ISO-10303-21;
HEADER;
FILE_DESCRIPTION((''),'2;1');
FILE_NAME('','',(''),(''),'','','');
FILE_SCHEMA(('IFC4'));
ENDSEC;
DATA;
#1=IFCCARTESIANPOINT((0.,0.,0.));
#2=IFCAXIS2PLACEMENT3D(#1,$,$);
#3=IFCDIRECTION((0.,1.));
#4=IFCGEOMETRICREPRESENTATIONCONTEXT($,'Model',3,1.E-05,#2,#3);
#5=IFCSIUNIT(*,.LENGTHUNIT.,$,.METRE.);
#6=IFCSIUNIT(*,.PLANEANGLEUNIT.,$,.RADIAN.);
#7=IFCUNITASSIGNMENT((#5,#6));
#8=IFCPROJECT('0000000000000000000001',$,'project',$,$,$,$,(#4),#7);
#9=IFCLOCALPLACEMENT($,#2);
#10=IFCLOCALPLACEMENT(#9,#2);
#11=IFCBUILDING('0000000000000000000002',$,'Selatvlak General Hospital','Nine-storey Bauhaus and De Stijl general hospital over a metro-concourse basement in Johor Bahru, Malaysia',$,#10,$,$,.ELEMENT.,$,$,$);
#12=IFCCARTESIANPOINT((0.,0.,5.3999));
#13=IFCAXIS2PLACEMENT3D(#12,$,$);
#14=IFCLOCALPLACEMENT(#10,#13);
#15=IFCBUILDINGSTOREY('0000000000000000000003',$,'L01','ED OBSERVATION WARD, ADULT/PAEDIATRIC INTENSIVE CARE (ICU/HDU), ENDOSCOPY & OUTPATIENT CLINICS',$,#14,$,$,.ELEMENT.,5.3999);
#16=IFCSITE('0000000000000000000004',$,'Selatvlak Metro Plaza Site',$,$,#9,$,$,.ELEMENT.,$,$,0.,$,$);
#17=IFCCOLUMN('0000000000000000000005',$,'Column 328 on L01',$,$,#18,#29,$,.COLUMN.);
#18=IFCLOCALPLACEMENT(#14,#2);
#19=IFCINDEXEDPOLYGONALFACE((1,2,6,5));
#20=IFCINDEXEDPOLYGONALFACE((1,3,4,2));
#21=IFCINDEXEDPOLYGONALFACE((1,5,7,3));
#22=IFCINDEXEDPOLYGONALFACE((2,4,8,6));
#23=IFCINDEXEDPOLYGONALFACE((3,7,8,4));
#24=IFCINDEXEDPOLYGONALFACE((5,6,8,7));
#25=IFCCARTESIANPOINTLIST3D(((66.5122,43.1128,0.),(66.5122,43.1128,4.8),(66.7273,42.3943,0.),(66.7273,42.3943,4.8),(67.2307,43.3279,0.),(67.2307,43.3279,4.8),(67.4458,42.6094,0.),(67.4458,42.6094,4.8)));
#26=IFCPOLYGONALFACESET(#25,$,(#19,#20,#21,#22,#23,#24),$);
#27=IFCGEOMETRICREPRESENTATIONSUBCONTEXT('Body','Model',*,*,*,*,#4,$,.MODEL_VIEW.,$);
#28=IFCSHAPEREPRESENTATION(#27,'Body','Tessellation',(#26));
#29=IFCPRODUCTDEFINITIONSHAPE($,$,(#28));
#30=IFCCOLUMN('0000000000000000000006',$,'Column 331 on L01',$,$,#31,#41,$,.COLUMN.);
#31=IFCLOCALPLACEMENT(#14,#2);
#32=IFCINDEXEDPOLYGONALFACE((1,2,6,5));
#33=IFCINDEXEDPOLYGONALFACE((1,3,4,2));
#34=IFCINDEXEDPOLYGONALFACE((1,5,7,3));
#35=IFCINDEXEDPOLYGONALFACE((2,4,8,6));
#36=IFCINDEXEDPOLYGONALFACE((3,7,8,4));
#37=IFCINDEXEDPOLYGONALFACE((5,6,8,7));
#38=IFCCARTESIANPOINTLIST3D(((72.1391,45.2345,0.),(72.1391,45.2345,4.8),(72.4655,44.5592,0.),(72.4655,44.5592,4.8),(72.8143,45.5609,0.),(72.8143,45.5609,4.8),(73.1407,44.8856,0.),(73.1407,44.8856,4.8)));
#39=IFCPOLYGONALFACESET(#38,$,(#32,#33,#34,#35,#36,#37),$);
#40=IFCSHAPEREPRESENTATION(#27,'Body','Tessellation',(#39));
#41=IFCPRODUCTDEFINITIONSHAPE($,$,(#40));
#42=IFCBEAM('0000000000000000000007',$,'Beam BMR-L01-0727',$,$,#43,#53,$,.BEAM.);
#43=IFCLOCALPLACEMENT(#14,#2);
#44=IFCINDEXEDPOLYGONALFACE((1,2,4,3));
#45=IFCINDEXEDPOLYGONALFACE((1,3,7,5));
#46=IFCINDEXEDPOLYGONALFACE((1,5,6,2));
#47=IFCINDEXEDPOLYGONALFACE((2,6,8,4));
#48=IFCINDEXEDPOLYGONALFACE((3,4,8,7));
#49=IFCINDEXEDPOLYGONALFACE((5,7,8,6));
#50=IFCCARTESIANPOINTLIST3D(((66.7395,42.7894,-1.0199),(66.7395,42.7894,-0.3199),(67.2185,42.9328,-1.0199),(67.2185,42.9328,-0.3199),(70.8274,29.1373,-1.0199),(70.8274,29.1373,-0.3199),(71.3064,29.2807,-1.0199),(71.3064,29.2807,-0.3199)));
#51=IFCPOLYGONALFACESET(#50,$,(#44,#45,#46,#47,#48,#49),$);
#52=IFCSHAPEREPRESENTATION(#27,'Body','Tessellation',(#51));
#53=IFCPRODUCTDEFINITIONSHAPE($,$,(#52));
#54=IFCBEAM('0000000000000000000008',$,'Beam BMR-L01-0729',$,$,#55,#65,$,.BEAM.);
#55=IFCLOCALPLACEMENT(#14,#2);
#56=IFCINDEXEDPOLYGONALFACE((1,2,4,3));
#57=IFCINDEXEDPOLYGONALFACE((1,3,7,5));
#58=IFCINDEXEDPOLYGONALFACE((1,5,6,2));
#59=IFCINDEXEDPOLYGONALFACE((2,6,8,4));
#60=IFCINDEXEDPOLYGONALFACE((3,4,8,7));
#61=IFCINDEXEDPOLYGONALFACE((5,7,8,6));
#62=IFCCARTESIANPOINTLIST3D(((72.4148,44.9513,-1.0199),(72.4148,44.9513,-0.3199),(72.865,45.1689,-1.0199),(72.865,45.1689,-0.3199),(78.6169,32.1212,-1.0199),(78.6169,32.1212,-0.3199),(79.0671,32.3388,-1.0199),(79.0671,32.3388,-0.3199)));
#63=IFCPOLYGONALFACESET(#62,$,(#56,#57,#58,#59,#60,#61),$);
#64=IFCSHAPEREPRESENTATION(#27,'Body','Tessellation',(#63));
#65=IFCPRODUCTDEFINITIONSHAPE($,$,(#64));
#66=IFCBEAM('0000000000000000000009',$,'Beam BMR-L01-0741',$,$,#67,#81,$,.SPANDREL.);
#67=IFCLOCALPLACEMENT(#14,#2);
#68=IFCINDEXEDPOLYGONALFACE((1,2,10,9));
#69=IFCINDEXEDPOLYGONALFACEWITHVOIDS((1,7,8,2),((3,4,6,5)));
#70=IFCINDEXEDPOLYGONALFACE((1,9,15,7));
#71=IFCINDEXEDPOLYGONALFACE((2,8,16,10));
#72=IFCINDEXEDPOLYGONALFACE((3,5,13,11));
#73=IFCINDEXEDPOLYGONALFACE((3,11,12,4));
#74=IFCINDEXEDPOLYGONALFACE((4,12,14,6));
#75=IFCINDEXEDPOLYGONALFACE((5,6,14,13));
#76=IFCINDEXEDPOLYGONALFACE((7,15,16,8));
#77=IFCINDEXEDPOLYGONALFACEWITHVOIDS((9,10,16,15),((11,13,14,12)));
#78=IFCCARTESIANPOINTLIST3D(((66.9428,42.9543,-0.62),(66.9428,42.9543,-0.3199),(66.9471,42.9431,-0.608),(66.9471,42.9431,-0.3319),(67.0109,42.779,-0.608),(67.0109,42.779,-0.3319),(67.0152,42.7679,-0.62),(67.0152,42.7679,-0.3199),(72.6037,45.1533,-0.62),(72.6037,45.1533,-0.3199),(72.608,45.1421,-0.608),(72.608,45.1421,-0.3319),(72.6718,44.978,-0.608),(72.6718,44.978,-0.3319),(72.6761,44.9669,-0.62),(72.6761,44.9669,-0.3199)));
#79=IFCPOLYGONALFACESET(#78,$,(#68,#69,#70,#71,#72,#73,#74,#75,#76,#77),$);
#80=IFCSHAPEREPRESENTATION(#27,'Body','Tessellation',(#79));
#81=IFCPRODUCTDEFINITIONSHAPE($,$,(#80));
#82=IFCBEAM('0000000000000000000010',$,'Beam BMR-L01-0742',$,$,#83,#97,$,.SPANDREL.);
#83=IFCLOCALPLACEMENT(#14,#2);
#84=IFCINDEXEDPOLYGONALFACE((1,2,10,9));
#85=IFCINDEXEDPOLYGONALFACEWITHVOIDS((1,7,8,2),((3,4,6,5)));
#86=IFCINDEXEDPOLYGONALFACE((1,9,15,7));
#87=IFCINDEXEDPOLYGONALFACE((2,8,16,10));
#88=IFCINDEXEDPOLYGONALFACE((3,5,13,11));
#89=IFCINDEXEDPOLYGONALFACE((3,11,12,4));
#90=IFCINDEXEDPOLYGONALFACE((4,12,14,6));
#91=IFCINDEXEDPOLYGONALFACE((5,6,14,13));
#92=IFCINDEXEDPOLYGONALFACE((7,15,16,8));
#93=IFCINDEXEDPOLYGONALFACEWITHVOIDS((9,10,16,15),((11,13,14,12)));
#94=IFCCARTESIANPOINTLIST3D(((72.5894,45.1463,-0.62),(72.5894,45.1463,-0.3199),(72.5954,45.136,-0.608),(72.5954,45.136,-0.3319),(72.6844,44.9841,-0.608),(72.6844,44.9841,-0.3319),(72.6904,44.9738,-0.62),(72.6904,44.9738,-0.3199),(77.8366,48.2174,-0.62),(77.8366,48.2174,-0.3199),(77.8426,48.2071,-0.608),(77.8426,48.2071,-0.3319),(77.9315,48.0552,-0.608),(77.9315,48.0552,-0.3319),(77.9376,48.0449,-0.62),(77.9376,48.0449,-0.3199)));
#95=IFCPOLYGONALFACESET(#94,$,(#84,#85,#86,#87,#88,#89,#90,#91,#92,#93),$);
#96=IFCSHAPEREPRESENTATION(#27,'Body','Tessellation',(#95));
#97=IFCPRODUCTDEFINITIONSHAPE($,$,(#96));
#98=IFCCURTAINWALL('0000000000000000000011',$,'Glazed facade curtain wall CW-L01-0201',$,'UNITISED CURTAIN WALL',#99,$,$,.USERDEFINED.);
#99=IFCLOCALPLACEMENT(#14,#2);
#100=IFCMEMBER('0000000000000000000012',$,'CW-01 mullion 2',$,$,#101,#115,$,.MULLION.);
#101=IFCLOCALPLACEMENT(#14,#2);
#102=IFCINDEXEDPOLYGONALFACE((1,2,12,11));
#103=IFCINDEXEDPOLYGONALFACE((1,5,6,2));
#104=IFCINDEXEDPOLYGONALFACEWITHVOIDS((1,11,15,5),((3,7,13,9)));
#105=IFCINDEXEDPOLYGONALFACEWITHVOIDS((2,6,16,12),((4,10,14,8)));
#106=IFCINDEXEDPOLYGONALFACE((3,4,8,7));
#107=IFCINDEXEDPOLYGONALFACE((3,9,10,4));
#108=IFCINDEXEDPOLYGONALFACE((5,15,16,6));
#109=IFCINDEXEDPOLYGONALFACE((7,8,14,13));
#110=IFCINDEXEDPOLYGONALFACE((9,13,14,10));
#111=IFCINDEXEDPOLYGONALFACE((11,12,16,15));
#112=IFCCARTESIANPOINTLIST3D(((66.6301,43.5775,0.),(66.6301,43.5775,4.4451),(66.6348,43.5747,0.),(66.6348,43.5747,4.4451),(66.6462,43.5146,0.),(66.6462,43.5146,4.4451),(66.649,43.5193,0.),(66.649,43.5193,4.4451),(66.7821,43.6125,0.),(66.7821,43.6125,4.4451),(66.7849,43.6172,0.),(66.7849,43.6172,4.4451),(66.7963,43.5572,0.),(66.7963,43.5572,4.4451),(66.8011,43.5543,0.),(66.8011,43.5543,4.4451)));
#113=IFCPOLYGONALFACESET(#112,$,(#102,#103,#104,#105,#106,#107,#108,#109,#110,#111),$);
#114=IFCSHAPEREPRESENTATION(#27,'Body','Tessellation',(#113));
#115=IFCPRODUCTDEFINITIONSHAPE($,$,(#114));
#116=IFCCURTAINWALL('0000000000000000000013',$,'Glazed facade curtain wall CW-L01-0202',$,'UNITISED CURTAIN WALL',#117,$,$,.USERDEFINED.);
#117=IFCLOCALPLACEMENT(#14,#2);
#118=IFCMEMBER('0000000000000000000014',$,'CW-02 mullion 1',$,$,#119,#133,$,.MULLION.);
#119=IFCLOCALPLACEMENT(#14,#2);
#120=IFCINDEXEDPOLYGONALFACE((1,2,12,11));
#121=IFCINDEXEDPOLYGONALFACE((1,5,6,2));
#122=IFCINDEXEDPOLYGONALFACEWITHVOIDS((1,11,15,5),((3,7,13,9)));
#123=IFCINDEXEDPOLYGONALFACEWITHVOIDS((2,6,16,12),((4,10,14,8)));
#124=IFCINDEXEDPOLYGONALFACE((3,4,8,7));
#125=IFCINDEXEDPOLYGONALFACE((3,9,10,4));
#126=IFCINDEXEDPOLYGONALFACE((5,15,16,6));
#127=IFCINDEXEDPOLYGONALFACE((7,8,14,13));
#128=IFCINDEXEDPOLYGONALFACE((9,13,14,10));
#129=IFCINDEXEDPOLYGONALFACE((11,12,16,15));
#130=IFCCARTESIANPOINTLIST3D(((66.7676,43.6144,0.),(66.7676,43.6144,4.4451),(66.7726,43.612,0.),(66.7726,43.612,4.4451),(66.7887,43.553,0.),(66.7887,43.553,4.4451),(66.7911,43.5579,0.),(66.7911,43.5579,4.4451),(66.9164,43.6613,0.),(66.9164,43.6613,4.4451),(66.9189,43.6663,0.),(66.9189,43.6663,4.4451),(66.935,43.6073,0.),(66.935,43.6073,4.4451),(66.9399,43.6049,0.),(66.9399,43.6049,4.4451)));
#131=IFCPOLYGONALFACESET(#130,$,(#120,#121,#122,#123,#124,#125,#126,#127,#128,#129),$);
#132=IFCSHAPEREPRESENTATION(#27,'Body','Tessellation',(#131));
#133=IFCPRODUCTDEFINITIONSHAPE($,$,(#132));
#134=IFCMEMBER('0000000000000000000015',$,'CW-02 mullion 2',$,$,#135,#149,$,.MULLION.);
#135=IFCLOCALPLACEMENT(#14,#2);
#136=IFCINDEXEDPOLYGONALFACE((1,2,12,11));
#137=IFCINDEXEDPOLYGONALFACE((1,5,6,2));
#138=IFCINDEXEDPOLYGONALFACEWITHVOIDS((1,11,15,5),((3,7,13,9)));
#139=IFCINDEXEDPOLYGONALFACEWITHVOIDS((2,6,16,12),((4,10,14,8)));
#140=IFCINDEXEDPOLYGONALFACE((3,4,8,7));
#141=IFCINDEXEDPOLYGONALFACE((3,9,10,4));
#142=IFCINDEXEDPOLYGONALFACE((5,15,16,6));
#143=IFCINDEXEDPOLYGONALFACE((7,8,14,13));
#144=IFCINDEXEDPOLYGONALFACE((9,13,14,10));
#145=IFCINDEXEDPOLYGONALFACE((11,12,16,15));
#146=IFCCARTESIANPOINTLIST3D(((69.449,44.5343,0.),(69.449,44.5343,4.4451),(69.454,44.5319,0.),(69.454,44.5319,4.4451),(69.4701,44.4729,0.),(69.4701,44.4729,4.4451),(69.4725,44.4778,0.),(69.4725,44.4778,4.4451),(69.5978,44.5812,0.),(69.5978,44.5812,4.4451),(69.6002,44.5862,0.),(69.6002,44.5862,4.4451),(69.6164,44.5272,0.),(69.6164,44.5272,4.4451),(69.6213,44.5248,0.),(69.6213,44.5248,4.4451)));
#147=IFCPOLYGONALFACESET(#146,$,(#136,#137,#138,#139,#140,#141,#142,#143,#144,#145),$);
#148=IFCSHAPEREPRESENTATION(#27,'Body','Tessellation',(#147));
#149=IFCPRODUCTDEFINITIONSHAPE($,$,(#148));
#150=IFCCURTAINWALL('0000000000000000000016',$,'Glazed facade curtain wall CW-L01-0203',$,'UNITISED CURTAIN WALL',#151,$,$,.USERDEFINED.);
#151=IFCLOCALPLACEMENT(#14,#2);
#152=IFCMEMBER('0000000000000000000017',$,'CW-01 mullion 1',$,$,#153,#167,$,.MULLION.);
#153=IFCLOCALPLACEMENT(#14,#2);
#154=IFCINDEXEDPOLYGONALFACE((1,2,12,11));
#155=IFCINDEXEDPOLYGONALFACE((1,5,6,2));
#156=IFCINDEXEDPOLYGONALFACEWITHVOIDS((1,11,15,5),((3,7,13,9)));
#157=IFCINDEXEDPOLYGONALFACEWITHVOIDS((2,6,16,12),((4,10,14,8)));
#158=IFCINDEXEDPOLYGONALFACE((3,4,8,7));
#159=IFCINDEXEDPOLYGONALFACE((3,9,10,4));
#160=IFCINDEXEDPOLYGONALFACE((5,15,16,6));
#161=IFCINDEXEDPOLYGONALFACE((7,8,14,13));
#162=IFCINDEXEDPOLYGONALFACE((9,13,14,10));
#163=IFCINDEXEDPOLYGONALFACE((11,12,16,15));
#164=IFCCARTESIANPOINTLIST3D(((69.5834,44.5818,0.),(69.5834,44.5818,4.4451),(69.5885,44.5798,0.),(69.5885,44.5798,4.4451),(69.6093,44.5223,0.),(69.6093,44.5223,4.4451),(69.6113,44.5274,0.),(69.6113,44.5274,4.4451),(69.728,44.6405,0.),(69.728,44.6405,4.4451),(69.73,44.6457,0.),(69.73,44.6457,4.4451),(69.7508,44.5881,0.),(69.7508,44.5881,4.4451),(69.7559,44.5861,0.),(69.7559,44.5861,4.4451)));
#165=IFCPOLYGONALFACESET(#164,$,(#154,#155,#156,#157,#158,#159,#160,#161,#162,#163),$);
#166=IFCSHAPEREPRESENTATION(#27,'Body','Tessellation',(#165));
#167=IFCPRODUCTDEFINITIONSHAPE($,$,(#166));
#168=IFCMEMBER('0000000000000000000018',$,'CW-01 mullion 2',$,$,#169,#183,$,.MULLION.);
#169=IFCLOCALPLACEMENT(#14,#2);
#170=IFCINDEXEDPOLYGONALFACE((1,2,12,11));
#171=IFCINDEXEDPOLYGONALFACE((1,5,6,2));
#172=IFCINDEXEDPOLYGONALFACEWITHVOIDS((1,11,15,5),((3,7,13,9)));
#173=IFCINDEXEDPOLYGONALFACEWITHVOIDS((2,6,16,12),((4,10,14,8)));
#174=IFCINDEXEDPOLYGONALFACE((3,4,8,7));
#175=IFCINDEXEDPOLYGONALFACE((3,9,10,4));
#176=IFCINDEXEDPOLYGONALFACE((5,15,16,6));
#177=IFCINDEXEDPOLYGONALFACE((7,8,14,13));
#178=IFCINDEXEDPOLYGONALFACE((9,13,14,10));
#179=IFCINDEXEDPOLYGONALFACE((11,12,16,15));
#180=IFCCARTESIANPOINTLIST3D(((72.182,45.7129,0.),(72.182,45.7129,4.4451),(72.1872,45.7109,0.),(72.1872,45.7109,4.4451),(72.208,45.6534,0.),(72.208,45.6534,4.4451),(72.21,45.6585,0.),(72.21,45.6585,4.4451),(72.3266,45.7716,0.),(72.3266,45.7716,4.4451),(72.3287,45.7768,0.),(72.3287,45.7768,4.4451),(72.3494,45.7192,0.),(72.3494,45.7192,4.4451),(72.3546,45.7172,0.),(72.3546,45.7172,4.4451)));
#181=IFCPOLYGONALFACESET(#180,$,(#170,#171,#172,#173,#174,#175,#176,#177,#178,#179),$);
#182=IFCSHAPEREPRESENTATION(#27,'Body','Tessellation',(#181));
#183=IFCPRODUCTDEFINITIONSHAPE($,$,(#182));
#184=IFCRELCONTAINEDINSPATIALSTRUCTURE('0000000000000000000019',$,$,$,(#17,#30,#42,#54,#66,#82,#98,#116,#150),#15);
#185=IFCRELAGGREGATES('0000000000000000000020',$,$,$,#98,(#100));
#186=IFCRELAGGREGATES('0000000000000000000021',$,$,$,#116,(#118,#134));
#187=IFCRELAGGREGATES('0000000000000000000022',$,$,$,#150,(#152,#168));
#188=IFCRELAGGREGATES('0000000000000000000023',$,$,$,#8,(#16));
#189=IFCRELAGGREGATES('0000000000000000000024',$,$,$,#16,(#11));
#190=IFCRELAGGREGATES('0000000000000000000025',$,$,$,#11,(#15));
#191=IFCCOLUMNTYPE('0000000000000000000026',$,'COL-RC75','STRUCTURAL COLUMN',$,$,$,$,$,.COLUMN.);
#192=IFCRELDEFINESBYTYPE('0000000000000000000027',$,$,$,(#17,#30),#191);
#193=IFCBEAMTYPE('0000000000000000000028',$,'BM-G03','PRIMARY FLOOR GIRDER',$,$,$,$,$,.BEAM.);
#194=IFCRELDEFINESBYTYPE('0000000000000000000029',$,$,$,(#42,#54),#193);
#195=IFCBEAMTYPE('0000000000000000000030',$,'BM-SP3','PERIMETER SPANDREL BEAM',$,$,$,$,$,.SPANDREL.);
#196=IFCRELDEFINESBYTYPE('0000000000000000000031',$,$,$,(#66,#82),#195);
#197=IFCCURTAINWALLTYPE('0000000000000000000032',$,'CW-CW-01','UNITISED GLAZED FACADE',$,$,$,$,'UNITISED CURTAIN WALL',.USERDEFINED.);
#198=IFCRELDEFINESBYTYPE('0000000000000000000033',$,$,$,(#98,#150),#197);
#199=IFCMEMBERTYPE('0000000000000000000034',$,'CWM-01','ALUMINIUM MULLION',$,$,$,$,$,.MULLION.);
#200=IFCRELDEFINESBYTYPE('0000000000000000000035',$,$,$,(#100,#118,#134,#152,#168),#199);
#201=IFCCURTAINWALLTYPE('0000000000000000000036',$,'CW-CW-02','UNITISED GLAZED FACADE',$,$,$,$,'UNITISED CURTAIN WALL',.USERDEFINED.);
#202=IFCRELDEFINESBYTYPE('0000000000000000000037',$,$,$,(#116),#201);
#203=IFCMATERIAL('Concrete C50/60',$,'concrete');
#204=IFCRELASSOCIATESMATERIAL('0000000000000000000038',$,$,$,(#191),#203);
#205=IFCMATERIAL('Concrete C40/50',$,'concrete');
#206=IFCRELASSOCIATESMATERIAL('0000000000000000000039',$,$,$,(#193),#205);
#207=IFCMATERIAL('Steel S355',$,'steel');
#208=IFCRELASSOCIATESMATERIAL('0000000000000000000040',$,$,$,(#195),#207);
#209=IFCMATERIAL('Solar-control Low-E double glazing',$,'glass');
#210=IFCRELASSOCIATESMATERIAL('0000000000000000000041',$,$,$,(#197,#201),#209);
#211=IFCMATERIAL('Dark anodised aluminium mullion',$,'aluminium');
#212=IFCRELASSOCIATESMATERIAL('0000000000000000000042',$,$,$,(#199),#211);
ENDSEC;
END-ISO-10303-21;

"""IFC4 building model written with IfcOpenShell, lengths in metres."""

from ifc_helpers import new_model, si_unit, direction, frame, origin, origin_2d, place, context, subcontext, project, spatial, rectangle, hollow_rectangle, extrude, material, material_profile, profile_set, type_object, element, aggregate, save


model = new_model("IFC4")

# Units and contexts
model_context = context("Model", 3, precision=1e-05, world=origin(), true_north=direction((0.0, 1.0)))
body_context = subcontext(model_context, "Body", "Model", "MODEL_VIEW")
ifc_project = project(units=[si_unit("LENGTHUNIT", "METRE"), si_unit("PLANEANGLEUNIT", "RADIAN")], contexts=[model_context])

# Site, building, storey
site_placement = place(None, origin())
site = spatial("IfcSite", under=ifc_project, at=site_placement, Name="Selatvlak Metro Plaza Site", CompositionType="ELEMENT", RefElevation=0.0)
building_placement = place(site_placement, origin())
building = spatial("IfcBuilding", under=site, at=building_placement, Name="Selatvlak General Hospital", Description="Nine-storey Bauhaus and De Stijl general hospital over a metro-concourse basement in Johor Bahru, Malaysia", CompositionType="ELEMENT")
storey_placement = place(building_placement, frame((0.0, 0.0, 5.3999)))
storey = spatial("IfcBuildingStorey", under=building, at=storey_placement, Name="L01", Description="ED OBSERVATION WARD, ADULT/PAEDIATRIC INTENSIVE CARE (ICU/HDU), ENDOSCOPY & OUTPATIENT CLINICS", CompositionType="ELEMENT", Elevation=5.3999)

# Columns
ifc_material_1 = material(Name="Concrete C50/60", Category="concrete")
ifc_material_profile_1 = material_profile(ifc_material_1, rectangle(XDim=0.75, YDim=0.75, at=origin_2d()), Name="RC-COL 750x750")
ifc_profile_set_1 = profile_set([ifc_material_profile_1], Name="Concrete C50/60")
column_type = type_object("IfcColumnType", Name="COL-RC75", Description="STRUCTURAL COLUMN", PredefinedType="COLUMN", material=ifc_profile_set_1)
for number, where, z_axis, x_axis, name in (
    (1, (66.979, 42.8611, 0.0), (0.0, 0.0, 1.0), (-0.286859, 0.957973, 0.0), "Column 328 on L01"),
    (2, (72.6399, 45.0601, 0.0), (0.0, 0.0, 1.0), (-0.4352, 0.900334, 0.0), "Column 331 on L01"),
):
    element("IfcColumn", number, at=place(storey_placement, frame(where, z_axis=z_axis, x_axis=x_axis)), inside=storey, type_object=column_type, Name=name, PredefinedType="COLUMN", context=body_context, shape_type="SweptSolid", body=[
        extrude(rectangle(XDim=0.75, YDim=0.75, at=origin_2d()), origin(), (0.0, 0.0, 1.0), 4.8),
    ])

# Beams
ifc_material_2 = material(Name="Concrete C40/50", Category="concrete")
ifc_material_profile_2 = material_profile(ifc_material_2, rectangle(XDim=0.5, YDim=0.7, at=origin_2d()), Name="RC-BM 500x700")
ifc_profile_set_2 = profile_set([ifc_material_profile_2], Name="Concrete C40/50")
beam_type_1 = type_object("IfcBeamType", Name="BM-G03", Description="PRIMARY FLOOR GIRDER", PredefinedType="BEAM", material=ifc_profile_set_2)
beam_1_placement = place(storey_placement, frame((66.979, 42.8611, -0.6699), z_axis=(0.28685, -0.957976, 0.0), x_axis=(0.957976, 0.28685, 0.0)))
element("IfcBeam", 3, at=beam_1_placement, inside=storey, type_object=beam_type_1, Name="Beam BMR-L01-0727", PredefinedType="BEAM", context=body_context, shape_type="SweptSolid", body=[
    extrude(rectangle(XDim=0.5, YDim=0.7, at=origin_2d()), origin(), (0.0, 0.0, 1.0), 14.251),
])
beam_2_placement = place(storey_placement, frame((72.6399, 45.0601, -0.6699), z_axis=(0.435222, -0.900323, 0.0), x_axis=(0.900323, 0.435222, 0.0)))
element("IfcBeam", 4, at=beam_2_placement, inside=storey, type_object=beam_type_1, Name="Beam BMR-L01-0729", PredefinedType="BEAM", context=body_context, shape_type="SweptSolid", body=[
    extrude(rectangle(XDim=0.5, YDim=0.7, at=origin_2d()), origin(), (0.0, 0.0, 1.0), 14.2505),
])
ifc_material_3 = material(Name="Steel S355", Category="steel")
ifc_material_profile_3 = material_profile(ifc_material_3, hollow_rectangle(XDim=0.2, YDim=0.3, WallThickness=0.012, at=origin_2d()), Name="RHS 300x200x12")
ifc_profile_set_3 = profile_set([ifc_material_profile_3], Name="Steel S355")
beam_type_2 = type_object("IfcBeamType", Name="BM-SP3", Description="PERIMETER SPANDREL BEAM", PredefinedType="SPANDREL", material=ifc_profile_set_3)
beam_3_placement = place(storey_placement, frame((66.979, 42.8611, -0.47), z_axis=(0.932143, 0.362091, 0.0), x_axis=(-0.362091, 0.932143, 0.0)))
element("IfcBeam", 5, at=beam_3_placement, inside=storey, type_object=beam_type_2, Name="Beam BMR-L01-0741", PredefinedType="SPANDREL", context=body_context, shape_type="SweptSolid", body=[
    extrude(hollow_rectangle(XDim=0.2, YDim=0.3, WallThickness=0.012, at=origin_2d()), origin(), (0.0, 0.0, 1.0), 6.073),
])
beam_4_placement = place(storey_placement, frame((72.6399, 45.0601, -0.47), z_axis=(0.863044, 0.505129, 0.0), x_axis=(-0.505129, 0.863044, 0.0)))
element("IfcBeam", 6, at=beam_4_placement, inside=storey, type_object=beam_type_2, Name="Beam BMR-L01-0742", PredefinedType="SPANDREL", context=body_context, shape_type="SweptSolid", body=[
    extrude(hollow_rectangle(XDim=0.2, YDim=0.3, WallThickness=0.012, at=origin_2d()), origin(), (0.0, 0.0, 1.0), 6.0798),
])

# Curtain wall, member
ifc_material_4 = material(Name="Solar-control Low-E double glazing", Category="glass")
curtain_wall_type_1 = type_object("IfcCurtainWallType", Name="CW-CW-01", Description="UNITISED GLAZED FACADE", ElementType="UNITISED CURTAIN WALL", PredefinedType="USERDEFINED", material=ifc_material_4)
curtain_wall_1_placement = place(storey_placement, origin())
curtain_wall_1 = element("IfcCurtainWall", 7, at=curtain_wall_1_placement, inside=storey, type_object=curtain_wall_type_1, Name="Glazed facade curtain wall CW-L01-0201", ObjectType="UNITISED CURTAIN WALL", PredefinedType="USERDEFINED")
ifc_material_5 = material(Name="Dark anodised aluminium mullion", Category="aluminium")
ifc_material_profile_4 = material_profile(ifc_material_5, hollow_rectangle(XDim=0.0649, YDim=0.1599, WallThickness=0.0039, at=origin_2d()), Name="AL-MUL 65x160x4")
ifc_profile_set_4 = profile_set([ifc_material_profile_4], Name="Dark anodised aluminium mullion")
member_type_1 = type_object("IfcMemberType", Name="CWM-01", Description="ALUMINIUM MULLION", PredefinedType="MULLION", material=ifc_profile_set_4)
member_1_placement = place(storey_placement, frame((66.7156, 43.5659, 0.0), z_axis=(0.0, 0.0, 1.0), x_axis=(-0.248607, 0.968604, 0.0)))
member_1 = element("IfcMember", 8, at=member_1_placement, type_object=member_type_1, Name="CW-01 mullion 2", PredefinedType="MULLION", context=body_context, shape_type="SweptSolid", body=[
    extrude(hollow_rectangle(XDim=0.0649, YDim=0.1599, WallThickness=0.0039, at=origin_2d()), origin(), (0.0, 0.0, 1.0), 4.4451),
])
aggregate(curtain_wall_1, [member_1])

# Curtain walls, members
curtain_wall_type_2 = type_object("IfcCurtainWallType", Name="CW-CW-02", Description="UNITISED GLAZED FACADE", ElementType="UNITISED CURTAIN WALL", PredefinedType="USERDEFINED", material=ifc_material_4)
curtain_wall_2_placement = place(storey_placement, origin())
curtain_wall_2 = element("IfcCurtainWall", 9, at=curtain_wall_2_placement, inside=storey, type_object=curtain_wall_type_2, Name="Glazed facade curtain wall CW-L01-0202", ObjectType="UNITISED CURTAIN WALL", PredefinedType="USERDEFINED")
member_2_placement = place(storey_placement, frame((66.8538, 43.6096, 0.0), z_axis=(0.0, 0.0, 1.0), x_axis=(-0.324492, 0.945889, 0.0)))
member_2 = element("IfcMember", 10, at=member_2_placement, type_object=member_type_1, Name="CW-02 mullion 1", PredefinedType="MULLION", context=body_context, shape_type="SweptSolid", body=[
    extrude(hollow_rectangle(XDim=0.0649, YDim=0.1599, WallThickness=0.0039, at=origin_2d()), origin(), (0.0, 0.0, 1.0), 4.4451),
])
member_3_placement = place(storey_placement, frame((69.5352, 44.5295, 0.0), z_axis=(0.0, 0.0, 1.0), x_axis=(-0.324492, 0.945889, 0.0)))
member_3 = element("IfcMember", 11, at=member_3_placement, type_object=member_type_1, Name="CW-02 mullion 2", PredefinedType="MULLION", context=body_context, shape_type="SweptSolid", body=[
    extrude(hollow_rectangle(XDim=0.0649, YDim=0.1599, WallThickness=0.0039, at=origin_2d()), origin(), (0.0, 0.0, 1.0), 4.4451),
])
curtain_wall_3_placement = place(storey_placement, origin())
curtain_wall_3 = element("IfcCurtainWall", 12, at=curtain_wall_3_placement, inside=storey, type_object=curtain_wall_type_1, Name="Glazed facade curtain wall CW-L01-0203", ObjectType="UNITISED CURTAIN WALL", PredefinedType="USERDEFINED")
member_4_placement = place(storey_placement, frame((69.6697, 44.584, 0.0), z_axis=(0.0, 0.0, 1.0), x_axis=(-0.399117, 0.9169, 0.0)))
member_4 = element("IfcMember", 13, at=member_4_placement, type_object=member_type_1, Name="CW-01 mullion 1", PredefinedType="MULLION", context=body_context, shape_type="SweptSolid", body=[
    extrude(hollow_rectangle(XDim=0.0649, YDim=0.1599, WallThickness=0.0039, at=origin_2d()), origin(), (0.0, 0.0, 1.0), 4.4451),
])
member_5_placement = place(storey_placement, frame((72.2683, 45.7151, 0.0), z_axis=(0.0, 0.0, 1.0), x_axis=(-0.399117, 0.9169, 0.0)))
member_5 = element("IfcMember", 14, at=member_5_placement, type_object=member_type_1, Name="CW-01 mullion 2", PredefinedType="MULLION", context=body_context, shape_type="SweptSolid", body=[
    extrude(hollow_rectangle(XDim=0.0649, YDim=0.1599, WallThickness=0.0039, at=origin_2d()), origin(), (0.0, 0.0, 1.0), 4.4451),
])

aggregate(curtain_wall_2, [member_2, member_3])
aggregate(curtain_wall_3, [member_4, member_5])

save(model, "model.ifc")
